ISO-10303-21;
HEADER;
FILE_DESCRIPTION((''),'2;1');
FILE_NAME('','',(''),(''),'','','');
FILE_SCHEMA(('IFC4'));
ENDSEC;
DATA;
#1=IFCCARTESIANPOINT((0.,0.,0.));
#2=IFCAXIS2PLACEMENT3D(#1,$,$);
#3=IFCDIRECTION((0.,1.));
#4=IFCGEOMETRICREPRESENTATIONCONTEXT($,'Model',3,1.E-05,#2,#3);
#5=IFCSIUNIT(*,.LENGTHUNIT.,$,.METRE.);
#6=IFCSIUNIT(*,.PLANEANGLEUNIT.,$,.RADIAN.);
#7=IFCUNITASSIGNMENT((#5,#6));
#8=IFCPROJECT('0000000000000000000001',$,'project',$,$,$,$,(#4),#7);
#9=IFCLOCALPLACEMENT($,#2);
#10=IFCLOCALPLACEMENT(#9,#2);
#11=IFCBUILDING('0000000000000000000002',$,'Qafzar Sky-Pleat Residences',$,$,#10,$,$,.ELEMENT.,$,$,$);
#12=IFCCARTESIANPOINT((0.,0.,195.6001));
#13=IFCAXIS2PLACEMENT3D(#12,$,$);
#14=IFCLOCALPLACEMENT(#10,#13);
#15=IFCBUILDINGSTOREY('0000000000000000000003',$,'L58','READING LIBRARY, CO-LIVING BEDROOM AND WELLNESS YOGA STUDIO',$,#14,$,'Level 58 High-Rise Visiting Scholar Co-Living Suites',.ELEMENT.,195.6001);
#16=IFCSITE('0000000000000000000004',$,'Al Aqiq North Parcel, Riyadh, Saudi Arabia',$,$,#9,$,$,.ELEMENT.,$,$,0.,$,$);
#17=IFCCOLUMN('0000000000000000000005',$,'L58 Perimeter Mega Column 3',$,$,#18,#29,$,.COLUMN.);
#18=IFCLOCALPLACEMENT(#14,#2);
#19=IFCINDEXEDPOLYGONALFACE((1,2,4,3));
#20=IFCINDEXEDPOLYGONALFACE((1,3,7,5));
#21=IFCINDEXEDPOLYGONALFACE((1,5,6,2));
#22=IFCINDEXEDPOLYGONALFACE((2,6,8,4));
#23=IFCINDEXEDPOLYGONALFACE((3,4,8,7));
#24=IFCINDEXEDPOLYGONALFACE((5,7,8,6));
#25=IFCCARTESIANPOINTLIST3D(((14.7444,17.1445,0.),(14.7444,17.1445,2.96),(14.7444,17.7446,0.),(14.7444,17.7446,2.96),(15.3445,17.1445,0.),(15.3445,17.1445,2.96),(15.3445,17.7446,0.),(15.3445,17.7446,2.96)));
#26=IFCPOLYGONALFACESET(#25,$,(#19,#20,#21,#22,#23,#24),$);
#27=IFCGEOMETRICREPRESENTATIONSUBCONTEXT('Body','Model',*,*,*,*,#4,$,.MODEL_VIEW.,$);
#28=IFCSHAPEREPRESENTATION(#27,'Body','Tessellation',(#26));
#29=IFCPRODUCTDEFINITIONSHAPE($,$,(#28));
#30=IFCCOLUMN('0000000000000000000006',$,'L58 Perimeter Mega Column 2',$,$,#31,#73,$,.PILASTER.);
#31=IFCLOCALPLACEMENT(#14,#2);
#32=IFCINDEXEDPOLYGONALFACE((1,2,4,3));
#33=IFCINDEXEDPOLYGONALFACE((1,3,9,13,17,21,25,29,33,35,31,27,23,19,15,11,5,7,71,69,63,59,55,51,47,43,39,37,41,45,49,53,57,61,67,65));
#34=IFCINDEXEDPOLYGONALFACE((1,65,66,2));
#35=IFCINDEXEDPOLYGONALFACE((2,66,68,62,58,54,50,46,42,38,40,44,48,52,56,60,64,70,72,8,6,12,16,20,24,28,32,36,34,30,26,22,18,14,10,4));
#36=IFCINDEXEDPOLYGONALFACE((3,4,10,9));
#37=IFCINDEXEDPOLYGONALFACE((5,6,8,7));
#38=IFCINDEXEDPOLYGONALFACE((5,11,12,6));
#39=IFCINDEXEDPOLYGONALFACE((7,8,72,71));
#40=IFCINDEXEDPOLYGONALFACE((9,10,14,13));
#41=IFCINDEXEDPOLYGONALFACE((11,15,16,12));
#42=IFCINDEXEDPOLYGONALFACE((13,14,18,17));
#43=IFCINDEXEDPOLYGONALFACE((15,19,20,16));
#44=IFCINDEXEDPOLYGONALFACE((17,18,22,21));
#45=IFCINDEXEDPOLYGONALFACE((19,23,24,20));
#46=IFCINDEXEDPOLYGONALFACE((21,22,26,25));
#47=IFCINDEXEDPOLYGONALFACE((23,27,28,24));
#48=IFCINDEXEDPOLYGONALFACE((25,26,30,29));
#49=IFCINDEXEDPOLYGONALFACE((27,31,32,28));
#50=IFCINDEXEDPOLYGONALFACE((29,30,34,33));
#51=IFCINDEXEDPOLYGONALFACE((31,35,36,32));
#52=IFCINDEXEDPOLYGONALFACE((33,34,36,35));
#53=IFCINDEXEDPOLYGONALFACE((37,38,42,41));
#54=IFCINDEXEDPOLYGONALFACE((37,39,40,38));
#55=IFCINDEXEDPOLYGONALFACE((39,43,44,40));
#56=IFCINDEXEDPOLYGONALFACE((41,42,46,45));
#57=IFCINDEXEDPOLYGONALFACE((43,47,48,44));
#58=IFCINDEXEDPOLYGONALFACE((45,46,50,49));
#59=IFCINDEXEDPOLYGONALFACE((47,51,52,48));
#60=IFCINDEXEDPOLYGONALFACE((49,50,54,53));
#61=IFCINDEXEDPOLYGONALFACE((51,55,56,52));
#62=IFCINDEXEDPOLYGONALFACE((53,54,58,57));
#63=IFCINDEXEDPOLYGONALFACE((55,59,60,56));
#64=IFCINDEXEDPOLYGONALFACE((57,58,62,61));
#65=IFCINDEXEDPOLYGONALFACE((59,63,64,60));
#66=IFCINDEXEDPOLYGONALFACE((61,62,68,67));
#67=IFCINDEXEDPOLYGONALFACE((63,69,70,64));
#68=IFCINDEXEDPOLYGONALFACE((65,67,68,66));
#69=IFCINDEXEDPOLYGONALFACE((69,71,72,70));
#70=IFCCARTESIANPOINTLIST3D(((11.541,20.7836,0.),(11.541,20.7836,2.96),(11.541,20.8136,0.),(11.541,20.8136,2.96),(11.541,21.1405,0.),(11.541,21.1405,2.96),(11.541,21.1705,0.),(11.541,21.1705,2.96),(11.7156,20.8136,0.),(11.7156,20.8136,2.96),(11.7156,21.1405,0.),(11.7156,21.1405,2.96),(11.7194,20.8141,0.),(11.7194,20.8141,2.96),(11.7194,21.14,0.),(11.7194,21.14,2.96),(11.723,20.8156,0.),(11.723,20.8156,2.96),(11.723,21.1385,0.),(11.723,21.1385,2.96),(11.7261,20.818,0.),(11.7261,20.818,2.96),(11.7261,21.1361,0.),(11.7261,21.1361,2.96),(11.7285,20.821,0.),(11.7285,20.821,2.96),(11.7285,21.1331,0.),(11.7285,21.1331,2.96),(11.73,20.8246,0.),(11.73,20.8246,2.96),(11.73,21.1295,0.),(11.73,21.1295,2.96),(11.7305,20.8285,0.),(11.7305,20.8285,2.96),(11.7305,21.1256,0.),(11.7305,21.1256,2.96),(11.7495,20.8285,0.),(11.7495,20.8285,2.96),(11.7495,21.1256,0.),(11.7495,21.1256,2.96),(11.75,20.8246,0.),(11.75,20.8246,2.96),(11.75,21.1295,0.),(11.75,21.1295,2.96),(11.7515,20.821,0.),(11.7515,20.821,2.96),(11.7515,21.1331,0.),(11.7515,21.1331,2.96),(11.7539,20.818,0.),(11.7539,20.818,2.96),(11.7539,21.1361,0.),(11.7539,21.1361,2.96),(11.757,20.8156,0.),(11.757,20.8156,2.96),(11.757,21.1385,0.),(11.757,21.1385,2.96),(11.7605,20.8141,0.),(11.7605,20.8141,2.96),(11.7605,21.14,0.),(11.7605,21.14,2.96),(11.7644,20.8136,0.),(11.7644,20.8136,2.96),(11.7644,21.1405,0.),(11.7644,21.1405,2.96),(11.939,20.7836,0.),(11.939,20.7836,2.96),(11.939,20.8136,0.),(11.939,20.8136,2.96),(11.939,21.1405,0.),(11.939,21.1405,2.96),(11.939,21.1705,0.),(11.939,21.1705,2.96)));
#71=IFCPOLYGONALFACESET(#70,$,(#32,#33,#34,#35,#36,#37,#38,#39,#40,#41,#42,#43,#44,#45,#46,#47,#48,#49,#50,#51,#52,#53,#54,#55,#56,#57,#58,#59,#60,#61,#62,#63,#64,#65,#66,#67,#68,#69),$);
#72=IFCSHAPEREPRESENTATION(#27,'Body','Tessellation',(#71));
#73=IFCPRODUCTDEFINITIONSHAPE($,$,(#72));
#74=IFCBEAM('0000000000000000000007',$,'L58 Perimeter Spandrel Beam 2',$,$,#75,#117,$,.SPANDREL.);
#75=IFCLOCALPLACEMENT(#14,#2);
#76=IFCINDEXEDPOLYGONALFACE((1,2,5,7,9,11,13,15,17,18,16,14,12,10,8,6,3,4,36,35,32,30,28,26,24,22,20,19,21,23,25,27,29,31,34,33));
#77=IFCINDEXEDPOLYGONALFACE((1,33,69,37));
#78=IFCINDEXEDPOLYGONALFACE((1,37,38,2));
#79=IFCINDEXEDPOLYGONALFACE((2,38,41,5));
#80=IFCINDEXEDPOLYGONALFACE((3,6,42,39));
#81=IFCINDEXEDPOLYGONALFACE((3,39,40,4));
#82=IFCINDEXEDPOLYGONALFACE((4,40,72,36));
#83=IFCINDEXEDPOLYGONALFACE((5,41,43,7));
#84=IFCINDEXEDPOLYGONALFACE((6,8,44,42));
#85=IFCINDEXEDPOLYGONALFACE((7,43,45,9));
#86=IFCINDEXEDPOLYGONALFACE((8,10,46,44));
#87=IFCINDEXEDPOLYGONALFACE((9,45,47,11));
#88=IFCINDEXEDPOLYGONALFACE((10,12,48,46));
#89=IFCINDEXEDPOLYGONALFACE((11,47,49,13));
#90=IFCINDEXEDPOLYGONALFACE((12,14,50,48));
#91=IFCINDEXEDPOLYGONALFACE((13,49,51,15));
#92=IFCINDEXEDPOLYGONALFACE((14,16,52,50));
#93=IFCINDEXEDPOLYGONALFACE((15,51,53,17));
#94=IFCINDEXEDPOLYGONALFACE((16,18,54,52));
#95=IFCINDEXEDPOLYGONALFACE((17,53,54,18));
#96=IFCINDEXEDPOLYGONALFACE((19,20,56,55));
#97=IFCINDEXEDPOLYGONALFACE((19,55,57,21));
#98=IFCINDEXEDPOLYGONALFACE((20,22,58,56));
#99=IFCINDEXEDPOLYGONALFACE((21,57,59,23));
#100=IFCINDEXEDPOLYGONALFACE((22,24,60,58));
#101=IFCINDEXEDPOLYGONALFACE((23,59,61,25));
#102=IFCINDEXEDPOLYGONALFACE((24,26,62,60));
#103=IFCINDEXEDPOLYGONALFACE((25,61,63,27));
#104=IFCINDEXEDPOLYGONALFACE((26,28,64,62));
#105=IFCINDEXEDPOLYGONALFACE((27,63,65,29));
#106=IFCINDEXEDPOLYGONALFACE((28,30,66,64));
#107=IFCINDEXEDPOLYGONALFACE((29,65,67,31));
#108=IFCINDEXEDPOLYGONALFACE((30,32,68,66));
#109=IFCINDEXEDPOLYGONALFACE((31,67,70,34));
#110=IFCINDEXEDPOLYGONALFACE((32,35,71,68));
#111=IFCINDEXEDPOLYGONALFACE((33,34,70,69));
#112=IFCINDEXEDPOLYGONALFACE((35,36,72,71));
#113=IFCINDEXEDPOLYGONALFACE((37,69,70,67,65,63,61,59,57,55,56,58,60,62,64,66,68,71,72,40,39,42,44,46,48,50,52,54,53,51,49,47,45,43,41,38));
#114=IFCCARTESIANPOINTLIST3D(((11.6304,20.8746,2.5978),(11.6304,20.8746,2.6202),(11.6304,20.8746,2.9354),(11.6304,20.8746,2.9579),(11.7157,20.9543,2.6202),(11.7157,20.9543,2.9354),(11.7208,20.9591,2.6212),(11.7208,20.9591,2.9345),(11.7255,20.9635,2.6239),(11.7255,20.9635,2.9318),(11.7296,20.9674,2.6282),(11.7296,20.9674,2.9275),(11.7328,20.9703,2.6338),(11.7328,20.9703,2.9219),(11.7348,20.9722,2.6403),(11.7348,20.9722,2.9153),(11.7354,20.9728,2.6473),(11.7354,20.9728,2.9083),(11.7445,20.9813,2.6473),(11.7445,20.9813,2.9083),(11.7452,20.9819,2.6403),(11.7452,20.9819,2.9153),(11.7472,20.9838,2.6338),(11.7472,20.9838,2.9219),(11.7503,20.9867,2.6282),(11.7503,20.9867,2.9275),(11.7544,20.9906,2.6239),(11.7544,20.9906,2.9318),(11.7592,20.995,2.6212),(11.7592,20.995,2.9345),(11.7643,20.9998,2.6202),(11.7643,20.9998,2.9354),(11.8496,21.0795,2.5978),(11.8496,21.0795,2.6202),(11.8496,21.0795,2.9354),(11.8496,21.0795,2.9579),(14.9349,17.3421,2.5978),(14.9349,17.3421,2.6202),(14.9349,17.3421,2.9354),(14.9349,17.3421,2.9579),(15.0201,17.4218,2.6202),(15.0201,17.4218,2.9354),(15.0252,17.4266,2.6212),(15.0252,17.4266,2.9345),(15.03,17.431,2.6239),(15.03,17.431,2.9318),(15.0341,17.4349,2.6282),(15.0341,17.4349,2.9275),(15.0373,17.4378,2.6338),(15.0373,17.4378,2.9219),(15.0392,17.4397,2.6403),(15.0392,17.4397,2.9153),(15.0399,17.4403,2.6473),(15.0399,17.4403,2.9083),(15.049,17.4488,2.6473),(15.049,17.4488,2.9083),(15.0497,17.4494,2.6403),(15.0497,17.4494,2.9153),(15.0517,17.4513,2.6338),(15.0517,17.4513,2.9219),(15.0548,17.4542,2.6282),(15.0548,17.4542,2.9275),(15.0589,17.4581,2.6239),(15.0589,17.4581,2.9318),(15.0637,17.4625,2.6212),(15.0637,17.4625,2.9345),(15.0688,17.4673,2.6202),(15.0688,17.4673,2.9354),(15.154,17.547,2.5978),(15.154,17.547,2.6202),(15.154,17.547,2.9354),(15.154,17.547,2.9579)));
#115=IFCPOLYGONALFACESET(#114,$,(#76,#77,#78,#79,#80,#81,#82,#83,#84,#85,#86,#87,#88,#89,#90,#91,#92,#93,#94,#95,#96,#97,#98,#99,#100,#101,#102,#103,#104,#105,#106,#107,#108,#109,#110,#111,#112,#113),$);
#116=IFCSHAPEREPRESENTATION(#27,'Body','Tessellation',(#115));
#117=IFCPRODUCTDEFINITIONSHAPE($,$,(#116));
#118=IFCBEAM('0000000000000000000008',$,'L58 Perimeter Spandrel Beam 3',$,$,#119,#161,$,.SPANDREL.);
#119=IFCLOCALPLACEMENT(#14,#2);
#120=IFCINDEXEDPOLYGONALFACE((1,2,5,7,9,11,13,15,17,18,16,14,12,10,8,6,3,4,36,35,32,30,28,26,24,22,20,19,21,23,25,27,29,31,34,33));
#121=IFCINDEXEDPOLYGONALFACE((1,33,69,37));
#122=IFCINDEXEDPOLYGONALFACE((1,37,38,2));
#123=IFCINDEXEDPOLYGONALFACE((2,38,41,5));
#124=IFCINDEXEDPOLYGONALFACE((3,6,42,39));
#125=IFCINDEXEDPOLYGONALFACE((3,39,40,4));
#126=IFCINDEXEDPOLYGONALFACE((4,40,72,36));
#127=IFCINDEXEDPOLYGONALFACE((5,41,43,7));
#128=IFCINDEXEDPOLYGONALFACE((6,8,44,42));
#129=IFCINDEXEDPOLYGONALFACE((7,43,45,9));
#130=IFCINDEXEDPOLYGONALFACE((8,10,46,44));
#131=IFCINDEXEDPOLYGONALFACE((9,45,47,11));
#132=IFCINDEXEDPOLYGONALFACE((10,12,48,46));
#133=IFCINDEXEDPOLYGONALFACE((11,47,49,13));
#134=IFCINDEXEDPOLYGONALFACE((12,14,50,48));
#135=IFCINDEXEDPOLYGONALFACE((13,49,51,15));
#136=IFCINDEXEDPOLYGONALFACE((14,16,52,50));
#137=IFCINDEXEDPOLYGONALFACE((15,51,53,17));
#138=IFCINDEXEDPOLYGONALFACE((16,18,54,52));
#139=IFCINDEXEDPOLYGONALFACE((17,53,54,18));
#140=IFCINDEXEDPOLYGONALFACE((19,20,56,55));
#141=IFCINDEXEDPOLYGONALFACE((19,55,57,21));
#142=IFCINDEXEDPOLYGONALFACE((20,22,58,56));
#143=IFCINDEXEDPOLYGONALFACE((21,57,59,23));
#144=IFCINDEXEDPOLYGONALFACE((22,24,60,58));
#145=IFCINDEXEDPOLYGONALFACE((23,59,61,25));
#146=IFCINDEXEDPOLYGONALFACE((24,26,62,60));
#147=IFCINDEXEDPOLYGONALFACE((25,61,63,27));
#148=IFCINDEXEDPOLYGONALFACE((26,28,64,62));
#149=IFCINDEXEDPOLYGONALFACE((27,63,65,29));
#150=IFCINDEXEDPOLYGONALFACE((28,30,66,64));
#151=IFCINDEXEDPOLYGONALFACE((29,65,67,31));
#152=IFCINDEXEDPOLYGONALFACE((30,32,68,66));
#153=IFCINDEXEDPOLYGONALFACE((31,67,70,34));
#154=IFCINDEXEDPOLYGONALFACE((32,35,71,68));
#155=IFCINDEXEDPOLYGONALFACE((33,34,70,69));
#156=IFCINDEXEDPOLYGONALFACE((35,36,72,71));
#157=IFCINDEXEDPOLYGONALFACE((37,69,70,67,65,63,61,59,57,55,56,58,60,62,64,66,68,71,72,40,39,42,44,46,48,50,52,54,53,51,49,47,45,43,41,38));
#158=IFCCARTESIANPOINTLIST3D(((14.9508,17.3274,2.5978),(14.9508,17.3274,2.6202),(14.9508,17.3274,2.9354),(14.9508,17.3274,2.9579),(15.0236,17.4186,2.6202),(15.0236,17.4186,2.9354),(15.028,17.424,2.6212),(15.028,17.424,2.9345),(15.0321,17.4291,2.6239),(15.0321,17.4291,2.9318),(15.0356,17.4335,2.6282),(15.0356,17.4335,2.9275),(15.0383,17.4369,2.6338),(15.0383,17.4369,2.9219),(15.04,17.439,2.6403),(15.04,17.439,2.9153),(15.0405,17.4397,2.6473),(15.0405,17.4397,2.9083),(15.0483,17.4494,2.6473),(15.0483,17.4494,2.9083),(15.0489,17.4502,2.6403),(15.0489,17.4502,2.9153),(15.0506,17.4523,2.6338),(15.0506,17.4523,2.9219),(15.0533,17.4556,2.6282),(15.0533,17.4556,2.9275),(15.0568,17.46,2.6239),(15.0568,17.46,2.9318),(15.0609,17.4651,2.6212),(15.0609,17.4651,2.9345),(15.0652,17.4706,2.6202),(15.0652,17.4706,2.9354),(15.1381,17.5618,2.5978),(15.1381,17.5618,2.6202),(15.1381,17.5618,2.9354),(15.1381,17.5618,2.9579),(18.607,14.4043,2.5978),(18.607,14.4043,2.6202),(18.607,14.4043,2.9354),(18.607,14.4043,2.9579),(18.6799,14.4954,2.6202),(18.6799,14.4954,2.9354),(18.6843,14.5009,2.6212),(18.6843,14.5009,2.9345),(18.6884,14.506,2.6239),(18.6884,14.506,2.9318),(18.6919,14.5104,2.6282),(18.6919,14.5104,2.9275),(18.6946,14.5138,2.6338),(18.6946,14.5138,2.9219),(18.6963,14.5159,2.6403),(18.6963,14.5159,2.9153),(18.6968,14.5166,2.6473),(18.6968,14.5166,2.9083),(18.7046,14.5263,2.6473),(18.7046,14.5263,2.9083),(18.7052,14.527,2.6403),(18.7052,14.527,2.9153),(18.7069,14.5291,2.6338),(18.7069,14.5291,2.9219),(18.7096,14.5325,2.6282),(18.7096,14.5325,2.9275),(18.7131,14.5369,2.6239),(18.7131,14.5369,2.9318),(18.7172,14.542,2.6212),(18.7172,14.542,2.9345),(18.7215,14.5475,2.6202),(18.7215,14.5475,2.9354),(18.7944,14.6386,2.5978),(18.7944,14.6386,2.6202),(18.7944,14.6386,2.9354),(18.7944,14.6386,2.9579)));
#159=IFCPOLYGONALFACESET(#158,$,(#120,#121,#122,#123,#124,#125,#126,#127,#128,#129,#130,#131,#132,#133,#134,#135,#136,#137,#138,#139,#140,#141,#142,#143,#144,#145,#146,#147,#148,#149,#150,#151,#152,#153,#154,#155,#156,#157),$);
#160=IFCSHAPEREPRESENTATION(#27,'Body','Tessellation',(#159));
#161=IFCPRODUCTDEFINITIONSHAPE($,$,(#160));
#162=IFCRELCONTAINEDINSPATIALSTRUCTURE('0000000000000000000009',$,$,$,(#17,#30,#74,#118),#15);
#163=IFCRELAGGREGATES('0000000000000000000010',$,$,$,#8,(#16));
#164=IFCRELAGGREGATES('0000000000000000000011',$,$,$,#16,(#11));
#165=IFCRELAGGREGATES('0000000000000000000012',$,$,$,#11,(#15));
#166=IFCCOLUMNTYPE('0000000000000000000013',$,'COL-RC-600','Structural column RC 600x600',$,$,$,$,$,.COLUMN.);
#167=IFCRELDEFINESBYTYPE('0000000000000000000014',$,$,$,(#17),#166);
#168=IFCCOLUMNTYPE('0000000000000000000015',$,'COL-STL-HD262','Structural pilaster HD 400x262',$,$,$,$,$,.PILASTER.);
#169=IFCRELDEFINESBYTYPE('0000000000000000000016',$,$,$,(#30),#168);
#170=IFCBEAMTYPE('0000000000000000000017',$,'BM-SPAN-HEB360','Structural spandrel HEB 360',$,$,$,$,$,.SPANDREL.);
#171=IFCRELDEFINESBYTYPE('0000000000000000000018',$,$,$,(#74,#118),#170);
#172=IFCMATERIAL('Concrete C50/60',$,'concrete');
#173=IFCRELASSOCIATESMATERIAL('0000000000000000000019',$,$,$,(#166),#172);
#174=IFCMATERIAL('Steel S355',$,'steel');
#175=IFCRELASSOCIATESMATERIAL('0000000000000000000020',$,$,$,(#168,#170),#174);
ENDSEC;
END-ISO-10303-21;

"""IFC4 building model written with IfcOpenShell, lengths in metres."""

from ifc_helpers import new_model, si_unit, direction, frame, origin, origin_2d, place, context, subcontext, project, spatial, rectangle, i_section, extrude, source, transform, mapped, material, material_profile, profile_set, type_object, element, save


model = new_model("IFC4")

# Units and contexts
model_context = context("Model", 3, precision=1e-05, world=origin(), true_north=direction((0.0, 1.0)))
body_context = subcontext(model_context, "Body", "Model", "MODEL_VIEW")
ifc_project = project(units=[si_unit("LENGTHUNIT", "METRE"), si_unit("PLANEANGLEUNIT", "RADIAN")], contexts=[model_context])

# Site, building, storey
site_placement = place(None, origin())
site = spatial("IfcSite", under=ifc_project, at=site_placement, Name="Al Aqiq North Parcel, Riyadh, Saudi Arabia", CompositionType="ELEMENT", RefElevation=0.0)
building_placement = place(site_placement, origin())
building = spatial("IfcBuilding", under=site, at=building_placement, Name="Qafzar Sky-Pleat Residences", CompositionType="ELEMENT")
storey_placement = place(building_placement, frame((0.0, 0.0, 195.6001)))
storey = spatial("IfcBuildingStorey", under=building, at=storey_placement, Name="L58", Description="READING LIBRARY, CO-LIVING BEDROOM AND WELLNESS YOGA STUDIO", LongName="Level 58 High-Rise Visiting Scholar Co-Living Suites", CompositionType="ELEMENT", Elevation=195.6001)

# Columns
ifc_material_1 = material(Name="Concrete C50/60", Category="concrete")
ifc_material_profile_1 = material_profile(ifc_material_1, rectangle(XDim=0.6001, YDim=0.6001, at=origin_2d()), Name="RC 600x600")
ifc_profile_set_1 = profile_set([ifc_material_profile_1], Name="Concrete C50/60")
column_type_1 = type_object("IfcColumnType", Name="COL-RC-600", Description="Structural column RC 600x600", PredefinedType="COLUMN", material=ifc_profile_set_1)
shared_shape_1 = source(origin(), body_context, "Body", "SweptSolid", [
    extrude(rectangle(XDim=0.6001, YDim=0.6001, at=origin_2d()), origin(), (0.0, 0.0, 1.0), 2.96),
])
column_1_placement = place(storey_placement, frame((15.0444, 17.4446, 0.0), z_axis=(0.0, 0.0, 1.0), x_axis=(1.0, 0.0, 0.0)))
element("IfcColumn", 1, at=column_1_placement, inside=storey, type_object=column_type_1, Name="L58 Perimeter Mega Column 3", PredefinedType="COLUMN", context=body_context, shape_type="MappedRepresentation", body=[
    mapped(shared_shape_1, transform((0.0, 0.0, 0.0), x_axis=(1.0, 0.0, 0.0), y_axis=(0.0, 1.0, 0.0), z_axis=(0.0, 0.0, 1.0), scale=1.0)),
])
ifc_material_2 = material(Name="Steel S355", Category="steel")
ifc_material_profile_2 = material_profile(ifc_material_2, i_section(OverallWidth=0.3979, OverallDepth=0.387, WebThickness=0.019, FlangeThickness=0.03, FilletRadius=0.0149, at=origin_2d()), Name="HD 400x262")
ifc_profile_set_2 = profile_set([ifc_material_profile_2], Name="Steel S355")
column_type_2 = type_object("IfcColumnType", Name="COL-STL-HD262", Description="Structural pilaster HD 400x262", PredefinedType="PILASTER", material=ifc_profile_set_2)
shared_shape_2 = source(origin(), body_context, "Body", "SweptSolid", [
    extrude(i_section(OverallWidth=0.3979, OverallDepth=0.387, WebThickness=0.019, FlangeThickness=0.03, FilletRadius=0.0149, at=origin_2d()), origin(), (0.0, 0.0, 1.0), 2.96),
])
column_2_placement = place(storey_placement, frame((11.74, 20.9771, 0.0), z_axis=(0.0, 0.0, 1.0), x_axis=(1.0, 0.0, 0.0)))
element("IfcColumn", 2, at=column_2_placement, inside=storey, type_object=column_type_2, Name="L58 Perimeter Mega Column 2", PredefinedType="PILASTER", context=body_context, shape_type="MappedRepresentation", body=[
    mapped(shared_shape_2, transform((0.0, 0.0, 0.0), x_axis=(1.0, 0.0, 0.0), y_axis=(0.0, 1.0, 0.0), z_axis=(0.0, 0.0, 1.0), scale=1.0)),
])

# Beams
ifc_material_profile_3 = material_profile(ifc_material_2, i_section(OverallWidth=0.3, OverallDepth=0.3601, WebThickness=0.0125, FlangeThickness=0.0225, FilletRadius=0.0271, at=origin_2d()), Name="HEB 360")
ifc_profile_set_3 = profile_set([ifc_material_profile_3], Name="Steel S355")
beam_type_1 = type_object("IfcBeamType", Name="BM-SPAN-HEB360", Description="Structural spandrel HEB 360", PredefinedType="SPANDREL", material=ifc_profile_set_3)
shared_shape_3 = source(origin(), body_context, "Body", "SweptSolid", [
    extrude(i_section(OverallWidth=0.3, OverallDepth=0.3601, WebThickness=0.0125, FlangeThickness=0.0225, FilletRadius=0.0271, at=origin_2d()), origin(), (0.0, 0.0, 1.0), 4.8372),
])
beam_1_placement = place(storey_placement, frame((11.74, 20.9771, 2.7778), z_axis=(0.683143, -0.730284, 0.0), x_axis=(0.730284, 0.683143, 0.0)))
element("IfcBeam", 3, at=beam_1_placement, inside=storey, type_object=beam_type_1, Name="L58 Perimeter Spandrel Beam 2", PredefinedType="SPANDREL", context=body_context, shape_type="MappedRepresentation", body=[
    mapped(shared_shape_3, transform((0.0, 0.0, 0.0), x_axis=(1.0, 0.0, 0.0), y_axis=(0.0, 1.0, 0.0), z_axis=(0.0, 0.0, 1.0), scale=1.0)),
])
shared_shape_4 = source(origin(), body_context, "Body", "SweptSolid", [
    extrude(i_section(OverallWidth=0.3, OverallDepth=0.3601, WebThickness=0.0125, FlangeThickness=0.0225, FilletRadius=0.0271, at=origin_2d()), origin(), (0.0, 0.0, 1.0), 4.6812),
])
beam_2_placement = place(storey_placement, frame((15.0444, 17.4446, 2.7778), z_axis=(0.781067, -0.624447, 0.0), x_axis=(0.624447, 0.781067, 0.0)))
element("IfcBeam", 4, at=beam_2_placement, inside=storey, type_object=beam_type_1, Name="L58 Perimeter Spandrel Beam 3", PredefinedType="SPANDREL", context=body_context, shape_type="MappedRepresentation", body=[
    mapped(shared_shape_4, transform((0.0, 0.0, 0.0), x_axis=(1.0, 0.0, 0.0), y_axis=(0.0, 1.0, 0.0), z_axis=(0.0, 0.0, 1.0), scale=1.0)),
])

save(model, "model.ifc")
